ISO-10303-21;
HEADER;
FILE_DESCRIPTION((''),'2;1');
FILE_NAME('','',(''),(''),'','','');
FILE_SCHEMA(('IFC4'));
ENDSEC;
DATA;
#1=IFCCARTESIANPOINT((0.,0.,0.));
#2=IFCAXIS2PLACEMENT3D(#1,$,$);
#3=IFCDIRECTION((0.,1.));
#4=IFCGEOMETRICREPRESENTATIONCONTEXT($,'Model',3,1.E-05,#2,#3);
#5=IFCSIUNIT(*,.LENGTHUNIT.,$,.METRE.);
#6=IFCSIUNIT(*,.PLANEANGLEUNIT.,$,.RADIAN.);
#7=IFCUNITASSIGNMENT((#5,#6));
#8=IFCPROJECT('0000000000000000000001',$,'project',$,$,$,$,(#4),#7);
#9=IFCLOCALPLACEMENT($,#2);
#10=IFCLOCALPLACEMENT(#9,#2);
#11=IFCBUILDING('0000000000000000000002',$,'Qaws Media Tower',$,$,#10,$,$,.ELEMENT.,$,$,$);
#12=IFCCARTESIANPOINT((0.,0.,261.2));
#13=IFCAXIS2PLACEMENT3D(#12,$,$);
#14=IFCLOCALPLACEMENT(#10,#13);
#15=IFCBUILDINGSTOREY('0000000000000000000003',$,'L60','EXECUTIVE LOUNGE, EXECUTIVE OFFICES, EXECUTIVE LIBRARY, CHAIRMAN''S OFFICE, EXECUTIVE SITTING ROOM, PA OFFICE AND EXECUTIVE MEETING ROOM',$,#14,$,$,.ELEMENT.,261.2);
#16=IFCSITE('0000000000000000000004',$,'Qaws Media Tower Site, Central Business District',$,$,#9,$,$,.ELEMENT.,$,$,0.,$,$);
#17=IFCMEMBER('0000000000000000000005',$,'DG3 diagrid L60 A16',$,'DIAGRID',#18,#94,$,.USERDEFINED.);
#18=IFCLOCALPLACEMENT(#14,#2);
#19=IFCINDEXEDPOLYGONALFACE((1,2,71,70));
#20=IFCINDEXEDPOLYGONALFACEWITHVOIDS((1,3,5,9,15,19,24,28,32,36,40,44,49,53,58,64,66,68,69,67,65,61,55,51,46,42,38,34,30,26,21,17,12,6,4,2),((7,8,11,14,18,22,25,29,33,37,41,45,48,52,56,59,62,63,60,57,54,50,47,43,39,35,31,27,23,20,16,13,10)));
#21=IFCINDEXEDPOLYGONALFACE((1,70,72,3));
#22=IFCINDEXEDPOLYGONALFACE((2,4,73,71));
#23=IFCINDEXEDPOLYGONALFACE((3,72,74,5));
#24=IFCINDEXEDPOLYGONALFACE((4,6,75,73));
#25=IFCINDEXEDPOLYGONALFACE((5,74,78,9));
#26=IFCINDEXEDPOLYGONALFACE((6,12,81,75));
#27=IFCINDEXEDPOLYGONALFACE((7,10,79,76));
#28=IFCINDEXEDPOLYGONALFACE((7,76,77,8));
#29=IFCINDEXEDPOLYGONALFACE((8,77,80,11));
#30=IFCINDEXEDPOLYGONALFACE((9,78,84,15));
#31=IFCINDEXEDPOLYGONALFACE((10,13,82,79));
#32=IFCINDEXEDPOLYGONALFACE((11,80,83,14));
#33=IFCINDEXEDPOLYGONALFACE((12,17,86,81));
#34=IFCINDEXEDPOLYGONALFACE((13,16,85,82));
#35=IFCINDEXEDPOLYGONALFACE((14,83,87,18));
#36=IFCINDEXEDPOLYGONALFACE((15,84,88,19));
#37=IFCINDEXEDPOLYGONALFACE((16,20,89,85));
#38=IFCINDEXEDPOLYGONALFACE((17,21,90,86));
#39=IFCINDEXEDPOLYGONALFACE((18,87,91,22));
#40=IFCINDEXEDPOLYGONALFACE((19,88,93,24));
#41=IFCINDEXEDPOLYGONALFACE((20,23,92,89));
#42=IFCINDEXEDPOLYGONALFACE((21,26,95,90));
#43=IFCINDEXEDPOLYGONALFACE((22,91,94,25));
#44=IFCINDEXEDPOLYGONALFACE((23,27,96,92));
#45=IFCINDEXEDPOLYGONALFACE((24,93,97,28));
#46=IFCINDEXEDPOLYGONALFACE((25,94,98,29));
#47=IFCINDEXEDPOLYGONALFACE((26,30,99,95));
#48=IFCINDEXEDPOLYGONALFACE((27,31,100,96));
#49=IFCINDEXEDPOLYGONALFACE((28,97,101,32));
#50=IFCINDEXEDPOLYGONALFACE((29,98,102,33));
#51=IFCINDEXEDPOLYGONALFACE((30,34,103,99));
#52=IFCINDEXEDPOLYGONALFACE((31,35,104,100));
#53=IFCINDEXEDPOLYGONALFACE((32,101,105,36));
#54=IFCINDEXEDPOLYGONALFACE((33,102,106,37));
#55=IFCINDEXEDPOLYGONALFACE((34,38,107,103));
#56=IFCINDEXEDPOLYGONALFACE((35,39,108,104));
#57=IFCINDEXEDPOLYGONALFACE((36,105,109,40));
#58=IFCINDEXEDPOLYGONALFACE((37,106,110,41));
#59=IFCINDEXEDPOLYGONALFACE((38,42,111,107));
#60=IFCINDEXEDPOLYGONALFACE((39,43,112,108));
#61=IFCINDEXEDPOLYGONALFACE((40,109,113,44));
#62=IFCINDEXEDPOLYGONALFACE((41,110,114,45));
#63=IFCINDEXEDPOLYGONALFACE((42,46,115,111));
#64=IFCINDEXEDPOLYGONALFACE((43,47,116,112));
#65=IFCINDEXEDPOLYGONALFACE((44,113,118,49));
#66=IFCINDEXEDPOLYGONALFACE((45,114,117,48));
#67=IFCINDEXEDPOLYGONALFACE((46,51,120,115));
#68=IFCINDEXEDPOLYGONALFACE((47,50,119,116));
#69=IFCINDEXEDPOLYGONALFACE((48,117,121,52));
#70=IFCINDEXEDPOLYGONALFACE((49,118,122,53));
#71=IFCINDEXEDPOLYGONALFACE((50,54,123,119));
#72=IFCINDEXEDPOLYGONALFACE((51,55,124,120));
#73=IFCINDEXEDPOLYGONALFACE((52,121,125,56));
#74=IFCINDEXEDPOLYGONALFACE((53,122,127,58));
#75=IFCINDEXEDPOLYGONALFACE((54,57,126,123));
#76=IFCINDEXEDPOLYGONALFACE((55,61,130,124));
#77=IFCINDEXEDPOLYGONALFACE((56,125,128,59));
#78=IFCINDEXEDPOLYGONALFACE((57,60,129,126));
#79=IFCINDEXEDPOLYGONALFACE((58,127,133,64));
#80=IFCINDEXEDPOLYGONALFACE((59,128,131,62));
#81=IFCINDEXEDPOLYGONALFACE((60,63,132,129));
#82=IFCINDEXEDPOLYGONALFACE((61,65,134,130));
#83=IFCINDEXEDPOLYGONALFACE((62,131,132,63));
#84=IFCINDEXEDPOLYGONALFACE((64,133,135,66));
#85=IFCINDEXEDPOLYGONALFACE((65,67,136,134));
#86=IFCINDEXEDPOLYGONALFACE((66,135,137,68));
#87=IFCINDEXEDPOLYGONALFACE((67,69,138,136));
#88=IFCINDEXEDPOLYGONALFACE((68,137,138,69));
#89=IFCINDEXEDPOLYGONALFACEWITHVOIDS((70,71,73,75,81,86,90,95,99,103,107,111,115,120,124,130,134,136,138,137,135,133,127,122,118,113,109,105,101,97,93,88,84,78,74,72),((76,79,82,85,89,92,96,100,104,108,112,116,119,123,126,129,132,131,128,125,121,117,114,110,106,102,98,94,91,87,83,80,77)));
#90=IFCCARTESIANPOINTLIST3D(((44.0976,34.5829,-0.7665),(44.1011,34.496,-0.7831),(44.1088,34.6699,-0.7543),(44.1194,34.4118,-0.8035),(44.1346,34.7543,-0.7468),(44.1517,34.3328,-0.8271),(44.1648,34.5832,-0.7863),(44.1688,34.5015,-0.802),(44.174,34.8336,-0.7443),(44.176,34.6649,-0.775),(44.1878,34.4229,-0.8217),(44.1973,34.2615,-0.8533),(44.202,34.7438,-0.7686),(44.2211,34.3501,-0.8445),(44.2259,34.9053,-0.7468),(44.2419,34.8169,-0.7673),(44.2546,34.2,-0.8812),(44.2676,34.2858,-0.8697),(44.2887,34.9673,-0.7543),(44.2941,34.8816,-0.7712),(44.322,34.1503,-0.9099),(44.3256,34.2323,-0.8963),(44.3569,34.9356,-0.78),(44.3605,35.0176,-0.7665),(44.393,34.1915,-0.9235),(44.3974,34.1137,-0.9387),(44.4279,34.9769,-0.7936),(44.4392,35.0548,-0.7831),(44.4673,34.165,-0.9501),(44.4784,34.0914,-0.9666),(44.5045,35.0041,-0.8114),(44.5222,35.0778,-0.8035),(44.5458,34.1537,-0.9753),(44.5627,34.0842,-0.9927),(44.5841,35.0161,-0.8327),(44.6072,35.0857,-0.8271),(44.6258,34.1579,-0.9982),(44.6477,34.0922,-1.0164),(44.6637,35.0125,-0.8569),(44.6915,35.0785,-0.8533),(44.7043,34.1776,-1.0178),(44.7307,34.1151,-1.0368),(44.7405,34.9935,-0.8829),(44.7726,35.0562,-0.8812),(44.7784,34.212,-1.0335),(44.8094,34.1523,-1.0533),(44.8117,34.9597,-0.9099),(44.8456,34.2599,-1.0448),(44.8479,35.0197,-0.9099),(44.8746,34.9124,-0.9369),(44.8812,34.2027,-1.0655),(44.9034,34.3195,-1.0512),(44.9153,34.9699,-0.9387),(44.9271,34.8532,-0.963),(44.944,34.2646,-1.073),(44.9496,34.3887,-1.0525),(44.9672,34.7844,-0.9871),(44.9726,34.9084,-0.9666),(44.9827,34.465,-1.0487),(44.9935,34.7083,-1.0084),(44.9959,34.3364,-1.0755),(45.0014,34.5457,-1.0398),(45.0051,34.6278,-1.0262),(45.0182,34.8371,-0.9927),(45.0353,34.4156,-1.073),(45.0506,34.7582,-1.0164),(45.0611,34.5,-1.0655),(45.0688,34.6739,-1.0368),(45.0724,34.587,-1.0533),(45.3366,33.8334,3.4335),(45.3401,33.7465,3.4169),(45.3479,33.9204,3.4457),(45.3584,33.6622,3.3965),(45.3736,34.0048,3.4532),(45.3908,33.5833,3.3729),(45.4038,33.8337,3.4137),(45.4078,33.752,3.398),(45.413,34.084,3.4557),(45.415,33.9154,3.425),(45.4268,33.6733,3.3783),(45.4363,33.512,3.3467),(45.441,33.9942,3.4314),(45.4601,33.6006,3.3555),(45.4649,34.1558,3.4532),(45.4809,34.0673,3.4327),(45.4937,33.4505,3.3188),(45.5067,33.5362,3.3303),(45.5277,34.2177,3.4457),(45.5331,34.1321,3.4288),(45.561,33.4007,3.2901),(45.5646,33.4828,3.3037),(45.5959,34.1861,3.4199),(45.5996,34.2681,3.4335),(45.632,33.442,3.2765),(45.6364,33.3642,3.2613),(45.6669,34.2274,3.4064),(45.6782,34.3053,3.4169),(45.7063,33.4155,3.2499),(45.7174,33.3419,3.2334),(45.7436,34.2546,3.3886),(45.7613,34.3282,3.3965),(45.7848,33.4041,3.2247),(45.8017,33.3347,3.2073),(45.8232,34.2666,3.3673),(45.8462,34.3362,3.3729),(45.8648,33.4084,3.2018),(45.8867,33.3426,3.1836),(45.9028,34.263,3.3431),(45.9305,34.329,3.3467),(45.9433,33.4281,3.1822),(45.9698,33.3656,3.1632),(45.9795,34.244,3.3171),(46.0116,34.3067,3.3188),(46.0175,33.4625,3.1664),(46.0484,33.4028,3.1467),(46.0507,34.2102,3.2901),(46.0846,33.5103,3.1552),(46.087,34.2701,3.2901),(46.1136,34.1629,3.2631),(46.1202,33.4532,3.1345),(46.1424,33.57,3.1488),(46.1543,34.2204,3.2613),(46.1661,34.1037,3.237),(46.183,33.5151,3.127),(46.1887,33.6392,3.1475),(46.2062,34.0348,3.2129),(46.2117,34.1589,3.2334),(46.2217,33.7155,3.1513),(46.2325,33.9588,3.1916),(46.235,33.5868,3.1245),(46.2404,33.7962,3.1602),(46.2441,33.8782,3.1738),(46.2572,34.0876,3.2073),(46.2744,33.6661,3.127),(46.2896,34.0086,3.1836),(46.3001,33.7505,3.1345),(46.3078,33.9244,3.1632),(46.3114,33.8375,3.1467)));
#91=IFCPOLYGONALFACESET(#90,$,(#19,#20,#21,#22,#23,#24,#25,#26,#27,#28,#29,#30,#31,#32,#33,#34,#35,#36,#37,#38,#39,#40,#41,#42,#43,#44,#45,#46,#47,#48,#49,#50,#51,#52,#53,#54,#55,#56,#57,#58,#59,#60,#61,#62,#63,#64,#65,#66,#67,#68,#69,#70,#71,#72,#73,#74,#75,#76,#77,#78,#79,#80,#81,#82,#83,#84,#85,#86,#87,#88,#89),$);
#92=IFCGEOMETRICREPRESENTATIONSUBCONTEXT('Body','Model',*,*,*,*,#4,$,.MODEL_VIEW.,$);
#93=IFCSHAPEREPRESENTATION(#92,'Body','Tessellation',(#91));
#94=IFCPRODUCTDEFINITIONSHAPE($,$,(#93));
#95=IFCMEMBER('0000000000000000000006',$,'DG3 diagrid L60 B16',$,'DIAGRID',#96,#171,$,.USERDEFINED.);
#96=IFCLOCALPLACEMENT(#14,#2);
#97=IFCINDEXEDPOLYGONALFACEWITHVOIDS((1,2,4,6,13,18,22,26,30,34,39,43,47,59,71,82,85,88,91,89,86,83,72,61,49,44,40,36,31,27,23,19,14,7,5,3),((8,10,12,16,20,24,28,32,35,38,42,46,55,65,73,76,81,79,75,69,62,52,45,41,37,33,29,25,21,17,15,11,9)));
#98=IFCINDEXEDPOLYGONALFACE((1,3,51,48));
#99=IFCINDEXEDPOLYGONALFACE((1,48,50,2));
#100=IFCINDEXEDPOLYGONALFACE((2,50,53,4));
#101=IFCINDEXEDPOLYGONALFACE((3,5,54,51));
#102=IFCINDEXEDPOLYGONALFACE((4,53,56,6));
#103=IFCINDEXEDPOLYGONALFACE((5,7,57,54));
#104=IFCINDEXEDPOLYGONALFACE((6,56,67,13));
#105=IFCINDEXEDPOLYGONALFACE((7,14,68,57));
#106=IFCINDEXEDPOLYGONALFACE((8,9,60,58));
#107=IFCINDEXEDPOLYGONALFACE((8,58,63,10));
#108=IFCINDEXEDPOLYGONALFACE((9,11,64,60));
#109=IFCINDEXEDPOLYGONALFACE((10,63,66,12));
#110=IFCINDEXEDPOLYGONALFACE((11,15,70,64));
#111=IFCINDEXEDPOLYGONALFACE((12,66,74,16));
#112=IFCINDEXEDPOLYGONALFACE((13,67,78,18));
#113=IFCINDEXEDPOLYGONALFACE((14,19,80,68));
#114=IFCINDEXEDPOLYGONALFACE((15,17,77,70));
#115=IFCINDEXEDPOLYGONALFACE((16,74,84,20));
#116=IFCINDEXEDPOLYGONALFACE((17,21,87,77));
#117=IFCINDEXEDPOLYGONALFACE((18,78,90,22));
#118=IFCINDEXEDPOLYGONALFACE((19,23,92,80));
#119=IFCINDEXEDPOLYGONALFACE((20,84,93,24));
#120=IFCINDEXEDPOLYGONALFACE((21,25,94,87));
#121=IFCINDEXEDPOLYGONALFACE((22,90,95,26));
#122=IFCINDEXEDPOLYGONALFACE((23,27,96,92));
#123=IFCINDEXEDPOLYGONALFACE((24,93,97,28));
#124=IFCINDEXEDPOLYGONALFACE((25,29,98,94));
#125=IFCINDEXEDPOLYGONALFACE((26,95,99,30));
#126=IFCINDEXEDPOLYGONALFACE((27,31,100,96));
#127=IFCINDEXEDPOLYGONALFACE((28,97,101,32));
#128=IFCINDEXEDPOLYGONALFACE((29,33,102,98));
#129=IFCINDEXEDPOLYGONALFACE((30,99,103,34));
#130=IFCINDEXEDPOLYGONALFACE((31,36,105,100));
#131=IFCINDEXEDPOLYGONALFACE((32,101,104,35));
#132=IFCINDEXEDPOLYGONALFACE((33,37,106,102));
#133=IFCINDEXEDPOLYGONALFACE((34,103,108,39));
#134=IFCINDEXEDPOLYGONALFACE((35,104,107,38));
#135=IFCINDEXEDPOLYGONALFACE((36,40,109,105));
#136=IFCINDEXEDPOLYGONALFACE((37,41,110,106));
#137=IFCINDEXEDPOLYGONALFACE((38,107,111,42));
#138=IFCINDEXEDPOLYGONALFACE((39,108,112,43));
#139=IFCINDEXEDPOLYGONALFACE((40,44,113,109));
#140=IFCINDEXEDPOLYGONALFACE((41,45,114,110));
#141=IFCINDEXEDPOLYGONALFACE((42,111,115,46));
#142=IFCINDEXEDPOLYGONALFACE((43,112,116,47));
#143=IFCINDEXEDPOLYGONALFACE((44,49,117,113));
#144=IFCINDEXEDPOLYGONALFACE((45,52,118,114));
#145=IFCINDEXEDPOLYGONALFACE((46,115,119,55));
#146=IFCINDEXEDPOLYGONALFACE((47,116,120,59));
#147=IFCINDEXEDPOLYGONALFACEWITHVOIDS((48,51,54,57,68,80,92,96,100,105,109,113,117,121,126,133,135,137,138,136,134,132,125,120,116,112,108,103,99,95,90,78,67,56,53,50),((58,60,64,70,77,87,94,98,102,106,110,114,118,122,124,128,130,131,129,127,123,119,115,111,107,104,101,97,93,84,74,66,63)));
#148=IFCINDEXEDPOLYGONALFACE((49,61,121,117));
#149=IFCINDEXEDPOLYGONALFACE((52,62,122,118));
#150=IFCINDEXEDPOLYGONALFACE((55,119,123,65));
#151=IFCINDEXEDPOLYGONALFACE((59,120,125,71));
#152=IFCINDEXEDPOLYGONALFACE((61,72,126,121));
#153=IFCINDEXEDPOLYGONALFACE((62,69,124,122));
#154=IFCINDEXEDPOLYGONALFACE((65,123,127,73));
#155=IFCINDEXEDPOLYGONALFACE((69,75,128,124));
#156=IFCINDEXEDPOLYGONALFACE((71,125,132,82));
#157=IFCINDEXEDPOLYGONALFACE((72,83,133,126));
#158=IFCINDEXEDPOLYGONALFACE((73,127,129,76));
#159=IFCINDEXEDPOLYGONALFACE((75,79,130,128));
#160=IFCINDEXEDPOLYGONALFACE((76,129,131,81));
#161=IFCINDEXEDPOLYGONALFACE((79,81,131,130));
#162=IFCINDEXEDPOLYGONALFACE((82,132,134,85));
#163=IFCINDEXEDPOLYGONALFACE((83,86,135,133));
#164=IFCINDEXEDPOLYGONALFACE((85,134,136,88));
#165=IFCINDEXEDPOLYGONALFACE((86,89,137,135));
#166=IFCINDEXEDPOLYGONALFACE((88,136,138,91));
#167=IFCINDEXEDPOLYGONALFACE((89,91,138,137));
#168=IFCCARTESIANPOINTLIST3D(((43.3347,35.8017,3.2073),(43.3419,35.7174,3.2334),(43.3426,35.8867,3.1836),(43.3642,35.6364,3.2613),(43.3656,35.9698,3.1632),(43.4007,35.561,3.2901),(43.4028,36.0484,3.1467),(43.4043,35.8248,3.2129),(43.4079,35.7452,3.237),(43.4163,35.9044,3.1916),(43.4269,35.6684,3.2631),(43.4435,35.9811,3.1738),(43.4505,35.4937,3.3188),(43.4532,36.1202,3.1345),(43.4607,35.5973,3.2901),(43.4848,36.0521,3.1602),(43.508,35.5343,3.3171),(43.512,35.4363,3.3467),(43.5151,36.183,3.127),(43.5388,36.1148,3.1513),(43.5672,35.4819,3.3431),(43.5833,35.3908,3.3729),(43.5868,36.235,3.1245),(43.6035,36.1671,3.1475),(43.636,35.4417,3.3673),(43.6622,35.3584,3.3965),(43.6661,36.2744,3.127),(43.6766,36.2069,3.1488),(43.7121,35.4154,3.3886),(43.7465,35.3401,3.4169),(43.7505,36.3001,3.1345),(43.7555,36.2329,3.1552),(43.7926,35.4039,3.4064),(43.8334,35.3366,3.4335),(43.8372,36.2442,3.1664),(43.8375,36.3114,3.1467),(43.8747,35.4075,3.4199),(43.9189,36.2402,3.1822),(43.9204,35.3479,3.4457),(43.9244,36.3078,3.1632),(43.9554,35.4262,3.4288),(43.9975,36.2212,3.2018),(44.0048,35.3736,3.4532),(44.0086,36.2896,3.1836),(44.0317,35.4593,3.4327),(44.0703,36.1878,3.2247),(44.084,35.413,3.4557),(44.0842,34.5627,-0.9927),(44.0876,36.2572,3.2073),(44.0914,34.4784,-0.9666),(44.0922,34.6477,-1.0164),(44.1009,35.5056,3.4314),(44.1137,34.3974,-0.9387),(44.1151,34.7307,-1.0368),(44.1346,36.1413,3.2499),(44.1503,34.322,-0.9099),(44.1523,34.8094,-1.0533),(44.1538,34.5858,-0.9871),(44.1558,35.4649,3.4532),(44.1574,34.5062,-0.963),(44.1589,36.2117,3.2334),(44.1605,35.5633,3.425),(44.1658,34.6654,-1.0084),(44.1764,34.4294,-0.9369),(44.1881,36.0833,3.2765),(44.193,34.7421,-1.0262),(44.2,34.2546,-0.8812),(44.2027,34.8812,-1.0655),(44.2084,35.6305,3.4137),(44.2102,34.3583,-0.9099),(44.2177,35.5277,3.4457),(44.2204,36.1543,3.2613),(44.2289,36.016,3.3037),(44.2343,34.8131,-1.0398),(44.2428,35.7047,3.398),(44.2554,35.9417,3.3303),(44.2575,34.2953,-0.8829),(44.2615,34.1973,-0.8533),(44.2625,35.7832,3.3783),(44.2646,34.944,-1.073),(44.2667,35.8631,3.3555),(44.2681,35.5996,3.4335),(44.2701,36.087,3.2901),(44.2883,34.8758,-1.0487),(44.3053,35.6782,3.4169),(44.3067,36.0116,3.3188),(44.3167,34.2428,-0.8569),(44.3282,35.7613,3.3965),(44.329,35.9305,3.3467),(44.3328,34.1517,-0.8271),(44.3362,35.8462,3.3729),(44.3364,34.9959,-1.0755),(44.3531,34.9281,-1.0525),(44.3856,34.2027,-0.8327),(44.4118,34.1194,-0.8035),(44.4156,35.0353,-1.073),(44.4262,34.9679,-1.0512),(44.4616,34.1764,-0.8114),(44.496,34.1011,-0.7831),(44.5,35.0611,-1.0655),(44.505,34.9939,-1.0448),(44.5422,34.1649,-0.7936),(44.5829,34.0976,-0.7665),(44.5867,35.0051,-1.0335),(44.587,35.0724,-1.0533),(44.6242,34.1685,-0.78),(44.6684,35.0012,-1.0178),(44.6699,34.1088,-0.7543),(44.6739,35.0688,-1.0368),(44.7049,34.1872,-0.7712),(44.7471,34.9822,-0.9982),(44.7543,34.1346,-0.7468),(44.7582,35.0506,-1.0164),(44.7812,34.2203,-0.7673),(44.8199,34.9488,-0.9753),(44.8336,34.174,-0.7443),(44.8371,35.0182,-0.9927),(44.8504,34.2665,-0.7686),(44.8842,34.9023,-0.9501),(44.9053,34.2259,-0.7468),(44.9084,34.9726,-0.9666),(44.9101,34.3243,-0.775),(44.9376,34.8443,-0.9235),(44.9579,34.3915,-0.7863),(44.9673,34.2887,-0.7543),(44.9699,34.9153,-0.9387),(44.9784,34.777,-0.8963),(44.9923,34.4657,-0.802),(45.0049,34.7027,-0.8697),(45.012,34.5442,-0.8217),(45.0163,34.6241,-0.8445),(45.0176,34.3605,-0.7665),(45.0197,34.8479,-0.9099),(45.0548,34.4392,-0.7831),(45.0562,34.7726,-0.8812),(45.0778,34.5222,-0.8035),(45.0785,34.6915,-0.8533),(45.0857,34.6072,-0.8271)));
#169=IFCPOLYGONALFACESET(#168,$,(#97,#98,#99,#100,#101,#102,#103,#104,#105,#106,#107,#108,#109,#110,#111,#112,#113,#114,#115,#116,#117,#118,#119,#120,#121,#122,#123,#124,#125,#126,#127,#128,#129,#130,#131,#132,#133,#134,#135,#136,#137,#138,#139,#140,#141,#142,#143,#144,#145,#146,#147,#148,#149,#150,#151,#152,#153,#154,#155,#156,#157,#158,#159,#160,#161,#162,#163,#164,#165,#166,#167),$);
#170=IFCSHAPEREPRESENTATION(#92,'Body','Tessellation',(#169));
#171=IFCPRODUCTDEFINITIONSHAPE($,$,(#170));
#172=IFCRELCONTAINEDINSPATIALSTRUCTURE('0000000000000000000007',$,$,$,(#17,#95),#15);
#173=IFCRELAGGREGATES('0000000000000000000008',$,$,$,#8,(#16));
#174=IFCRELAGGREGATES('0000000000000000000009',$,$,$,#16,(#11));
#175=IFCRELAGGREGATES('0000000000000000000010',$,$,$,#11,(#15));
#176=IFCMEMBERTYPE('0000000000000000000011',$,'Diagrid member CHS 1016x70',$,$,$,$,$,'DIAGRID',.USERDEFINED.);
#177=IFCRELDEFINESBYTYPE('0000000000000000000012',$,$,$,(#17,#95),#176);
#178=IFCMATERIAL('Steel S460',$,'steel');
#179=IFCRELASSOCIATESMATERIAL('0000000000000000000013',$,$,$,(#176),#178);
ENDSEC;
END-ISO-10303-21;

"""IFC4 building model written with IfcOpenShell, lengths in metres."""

from ifc_helpers import new_model, si_unit, direction, frame, origin, origin_2d, place, context, subcontext, project, spatial, hollow_circle, extrude, material, material_profile, profile_set, type_object, element, save


model = new_model("IFC4")

# Units and contexts
model_context = context("Model", 3, precision=1e-05, world=origin(), true_north=direction((0.0, 1.0)))
body_context = subcontext(model_context, "Body", "Model", "MODEL_VIEW")
ifc_project = project(units=[si_unit("LENGTHUNIT", "METRE"), si_unit("PLANEANGLEUNIT", "RADIAN")], contexts=[model_context])

# Site, building, storey
site_placement = place(None, origin())
site = spatial("IfcSite", under=ifc_project, at=site_placement, Name="Qaws Media Tower Site, Central Business District", CompositionType="ELEMENT", RefElevation=0.0)
building_placement = place(site_placement, origin())
building = spatial("IfcBuilding", under=site, at=building_placement, Name="Qaws Media Tower", CompositionType="ELEMENT")
storey_placement = place(building_placement, frame((0.0, 0.0, 261.2)))
storey = spatial("IfcBuildingStorey", under=building, at=storey_placement, Name="L60", Description="EXECUTIVE LOUNGE, EXECUTIVE OFFICES, EXECUTIVE LIBRARY, CHAIRMAN'S OFFICE, EXECUTIVE SITTING ROOM, PA OFFICE AND EXECUTIVE MEETING ROOM", CompositionType="ELEMENT", Elevation=261.2)

# Members
ifc_material_1 = material(Name="Steel S460", Category="steel")
ifc_material_profile_1 = material_profile(ifc_material_1, hollow_circle(Radius=0.5081, WallThickness=0.0701, at=origin_2d()), Name="CHS 1016x70")
ifc_profile_set_1 = profile_set([ifc_material_profile_1], Name="Steel S460")
member_type_1 = type_object("IfcMemberType", Name="Diagrid member CHS 1016x70", ElementType="DIAGRID", PredefinedType="USERDEFINED", material=ifc_profile_set_1)
for number, where, z_axis, x_axis, name in (
    (1, (44.585, 34.585, -0.9099), (0.278895, -0.168711, 0.945386), (0.517592, 0.855628, 0.0), "DG3 diagrid L60 A16"),
    (2, (44.585, 34.585, -0.9099), (-0.168711, 0.278895, 0.945386), (-0.855628, -0.517592, 0.0), "DG3 diagrid L60 B16"),
):
    element("IfcMember", number, at=place(storey_placement, frame(where, z_axis=z_axis, x_axis=x_axis)), inside=storey, type_object=member_type_1, Name=name, ObjectType="DIAGRID", PredefinedType="USERDEFINED", context=body_context, shape_type="SweptSolid", body=[
        extrude(hollow_circle(Radius=0.5081, WallThickness=0.0701, at=origin_2d()), origin(), (0.0, 0.0, 1.0), 4.4426),
    ])

save(model, "model.ifc")
